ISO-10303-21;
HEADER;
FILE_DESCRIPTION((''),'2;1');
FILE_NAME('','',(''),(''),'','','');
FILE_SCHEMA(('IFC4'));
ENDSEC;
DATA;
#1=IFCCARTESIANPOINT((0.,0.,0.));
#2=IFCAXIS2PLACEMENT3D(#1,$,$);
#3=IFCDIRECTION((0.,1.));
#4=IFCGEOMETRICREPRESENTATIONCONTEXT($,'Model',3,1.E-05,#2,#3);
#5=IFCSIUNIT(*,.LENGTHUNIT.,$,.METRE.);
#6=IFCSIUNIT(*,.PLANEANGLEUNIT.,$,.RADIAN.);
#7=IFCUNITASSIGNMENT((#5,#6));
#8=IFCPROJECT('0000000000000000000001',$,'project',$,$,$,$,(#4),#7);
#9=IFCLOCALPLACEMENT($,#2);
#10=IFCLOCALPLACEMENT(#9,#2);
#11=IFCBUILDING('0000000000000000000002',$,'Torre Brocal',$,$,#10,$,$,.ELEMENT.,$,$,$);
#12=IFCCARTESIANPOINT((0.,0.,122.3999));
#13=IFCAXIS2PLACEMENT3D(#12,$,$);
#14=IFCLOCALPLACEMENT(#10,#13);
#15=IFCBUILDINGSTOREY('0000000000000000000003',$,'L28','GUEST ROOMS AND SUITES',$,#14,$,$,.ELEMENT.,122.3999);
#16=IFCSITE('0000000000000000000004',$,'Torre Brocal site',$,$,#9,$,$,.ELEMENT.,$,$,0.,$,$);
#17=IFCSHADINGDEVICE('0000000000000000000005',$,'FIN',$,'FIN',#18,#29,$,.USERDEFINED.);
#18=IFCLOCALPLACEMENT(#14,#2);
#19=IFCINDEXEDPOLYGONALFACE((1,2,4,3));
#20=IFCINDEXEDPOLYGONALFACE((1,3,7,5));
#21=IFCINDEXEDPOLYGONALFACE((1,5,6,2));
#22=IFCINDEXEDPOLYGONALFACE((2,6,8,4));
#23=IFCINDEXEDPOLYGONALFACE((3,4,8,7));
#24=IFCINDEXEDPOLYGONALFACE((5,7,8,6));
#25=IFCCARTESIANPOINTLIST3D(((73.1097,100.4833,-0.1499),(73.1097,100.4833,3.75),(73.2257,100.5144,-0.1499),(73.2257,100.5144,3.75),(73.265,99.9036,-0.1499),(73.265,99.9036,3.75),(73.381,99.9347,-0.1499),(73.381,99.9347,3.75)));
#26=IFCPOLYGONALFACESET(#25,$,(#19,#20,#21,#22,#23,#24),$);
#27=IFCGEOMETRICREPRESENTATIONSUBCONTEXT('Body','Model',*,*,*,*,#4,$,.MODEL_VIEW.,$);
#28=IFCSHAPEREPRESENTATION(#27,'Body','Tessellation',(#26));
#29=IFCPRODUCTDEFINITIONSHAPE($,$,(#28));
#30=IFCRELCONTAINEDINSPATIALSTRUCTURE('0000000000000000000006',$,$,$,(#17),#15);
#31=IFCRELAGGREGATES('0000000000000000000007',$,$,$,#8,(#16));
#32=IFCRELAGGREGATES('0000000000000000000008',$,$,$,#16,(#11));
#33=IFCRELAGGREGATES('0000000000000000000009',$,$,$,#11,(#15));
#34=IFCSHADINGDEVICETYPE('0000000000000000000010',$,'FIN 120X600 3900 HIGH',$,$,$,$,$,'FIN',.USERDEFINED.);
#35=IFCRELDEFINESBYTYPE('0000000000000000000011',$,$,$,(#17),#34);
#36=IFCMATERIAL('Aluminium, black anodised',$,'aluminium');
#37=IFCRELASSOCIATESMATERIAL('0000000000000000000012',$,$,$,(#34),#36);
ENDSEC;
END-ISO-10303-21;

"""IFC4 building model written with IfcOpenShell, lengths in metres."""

from ifc_helpers import new_model, si_unit, direction, frame, origin, origin_2d, place, context, subcontext, project, spatial, rectangle, extrude, material, material_profile, profile_set, type_object, element, save


model = new_model("IFC4")

# Units and contexts
model_context = context("Model", 3, precision=1e-05, world=origin(), true_north=direction((0.0, 1.0)))
body_context = subcontext(model_context, "Body", "Model", "MODEL_VIEW")
ifc_project = project(units=[si_unit("LENGTHUNIT", "METRE"), si_unit("PLANEANGLEUNIT", "RADIAN")], contexts=[model_context])

# Site, building, storey
site_placement = place(None, origin())
site = spatial("IfcSite", under=ifc_project, at=site_placement, Name="Torre Brocal site", CompositionType="ELEMENT", RefElevation=0.0)
building_placement = place(site_placement, origin())
building = spatial("IfcBuilding", under=site, at=building_placement, Name="Torre Brocal", CompositionType="ELEMENT")
storey_placement = place(building_placement, frame((0.0, 0.0, 122.3999)))
storey = spatial("IfcBuildingStorey", under=building, at=storey_placement, Name="L28", Description="GUEST ROOMS AND SUITES", CompositionType="ELEMENT", Elevation=122.3999)

# Shading device
ifc_material_1 = material(Name="Aluminium, black anodised", Category="aluminium")
ifc_material_profile_1 = material_profile(ifc_material_1, rectangle(XDim=0.1201, YDim=0.6001, at=origin_2d()), Name="FIN 120X600 3900 HIGH")
ifc_profile_set_1 = profile_set([ifc_material_profile_1], Name="Aluminium, black anodised")
shading_device_type = type_object("IfcShadingDeviceType", Name="FIN 120X600 3900 HIGH", ElementType="FIN", PredefinedType="USERDEFINED", material=ifc_profile_set_1)
shading_device_placement = place(storey_placement, frame((73.2454, 100.209, -0.1499), z_axis=(0.0, 0.0, 1.0), x_axis=(-0.965926, -0.258819, 0.0)))
element("IfcShadingDevice", 1, at=shading_device_placement, inside=storey, type_object=shading_device_type, Name="FIN", ObjectType="FIN", PredefinedType="USERDEFINED", context=body_context, shape_type="SweptSolid", body=[
    extrude(rectangle(XDim=0.1201, YDim=0.6001, at=origin_2d()), origin(), (0.0, 0.0, 1.0), 3.8999),
])

save(model, "model.ifc")
